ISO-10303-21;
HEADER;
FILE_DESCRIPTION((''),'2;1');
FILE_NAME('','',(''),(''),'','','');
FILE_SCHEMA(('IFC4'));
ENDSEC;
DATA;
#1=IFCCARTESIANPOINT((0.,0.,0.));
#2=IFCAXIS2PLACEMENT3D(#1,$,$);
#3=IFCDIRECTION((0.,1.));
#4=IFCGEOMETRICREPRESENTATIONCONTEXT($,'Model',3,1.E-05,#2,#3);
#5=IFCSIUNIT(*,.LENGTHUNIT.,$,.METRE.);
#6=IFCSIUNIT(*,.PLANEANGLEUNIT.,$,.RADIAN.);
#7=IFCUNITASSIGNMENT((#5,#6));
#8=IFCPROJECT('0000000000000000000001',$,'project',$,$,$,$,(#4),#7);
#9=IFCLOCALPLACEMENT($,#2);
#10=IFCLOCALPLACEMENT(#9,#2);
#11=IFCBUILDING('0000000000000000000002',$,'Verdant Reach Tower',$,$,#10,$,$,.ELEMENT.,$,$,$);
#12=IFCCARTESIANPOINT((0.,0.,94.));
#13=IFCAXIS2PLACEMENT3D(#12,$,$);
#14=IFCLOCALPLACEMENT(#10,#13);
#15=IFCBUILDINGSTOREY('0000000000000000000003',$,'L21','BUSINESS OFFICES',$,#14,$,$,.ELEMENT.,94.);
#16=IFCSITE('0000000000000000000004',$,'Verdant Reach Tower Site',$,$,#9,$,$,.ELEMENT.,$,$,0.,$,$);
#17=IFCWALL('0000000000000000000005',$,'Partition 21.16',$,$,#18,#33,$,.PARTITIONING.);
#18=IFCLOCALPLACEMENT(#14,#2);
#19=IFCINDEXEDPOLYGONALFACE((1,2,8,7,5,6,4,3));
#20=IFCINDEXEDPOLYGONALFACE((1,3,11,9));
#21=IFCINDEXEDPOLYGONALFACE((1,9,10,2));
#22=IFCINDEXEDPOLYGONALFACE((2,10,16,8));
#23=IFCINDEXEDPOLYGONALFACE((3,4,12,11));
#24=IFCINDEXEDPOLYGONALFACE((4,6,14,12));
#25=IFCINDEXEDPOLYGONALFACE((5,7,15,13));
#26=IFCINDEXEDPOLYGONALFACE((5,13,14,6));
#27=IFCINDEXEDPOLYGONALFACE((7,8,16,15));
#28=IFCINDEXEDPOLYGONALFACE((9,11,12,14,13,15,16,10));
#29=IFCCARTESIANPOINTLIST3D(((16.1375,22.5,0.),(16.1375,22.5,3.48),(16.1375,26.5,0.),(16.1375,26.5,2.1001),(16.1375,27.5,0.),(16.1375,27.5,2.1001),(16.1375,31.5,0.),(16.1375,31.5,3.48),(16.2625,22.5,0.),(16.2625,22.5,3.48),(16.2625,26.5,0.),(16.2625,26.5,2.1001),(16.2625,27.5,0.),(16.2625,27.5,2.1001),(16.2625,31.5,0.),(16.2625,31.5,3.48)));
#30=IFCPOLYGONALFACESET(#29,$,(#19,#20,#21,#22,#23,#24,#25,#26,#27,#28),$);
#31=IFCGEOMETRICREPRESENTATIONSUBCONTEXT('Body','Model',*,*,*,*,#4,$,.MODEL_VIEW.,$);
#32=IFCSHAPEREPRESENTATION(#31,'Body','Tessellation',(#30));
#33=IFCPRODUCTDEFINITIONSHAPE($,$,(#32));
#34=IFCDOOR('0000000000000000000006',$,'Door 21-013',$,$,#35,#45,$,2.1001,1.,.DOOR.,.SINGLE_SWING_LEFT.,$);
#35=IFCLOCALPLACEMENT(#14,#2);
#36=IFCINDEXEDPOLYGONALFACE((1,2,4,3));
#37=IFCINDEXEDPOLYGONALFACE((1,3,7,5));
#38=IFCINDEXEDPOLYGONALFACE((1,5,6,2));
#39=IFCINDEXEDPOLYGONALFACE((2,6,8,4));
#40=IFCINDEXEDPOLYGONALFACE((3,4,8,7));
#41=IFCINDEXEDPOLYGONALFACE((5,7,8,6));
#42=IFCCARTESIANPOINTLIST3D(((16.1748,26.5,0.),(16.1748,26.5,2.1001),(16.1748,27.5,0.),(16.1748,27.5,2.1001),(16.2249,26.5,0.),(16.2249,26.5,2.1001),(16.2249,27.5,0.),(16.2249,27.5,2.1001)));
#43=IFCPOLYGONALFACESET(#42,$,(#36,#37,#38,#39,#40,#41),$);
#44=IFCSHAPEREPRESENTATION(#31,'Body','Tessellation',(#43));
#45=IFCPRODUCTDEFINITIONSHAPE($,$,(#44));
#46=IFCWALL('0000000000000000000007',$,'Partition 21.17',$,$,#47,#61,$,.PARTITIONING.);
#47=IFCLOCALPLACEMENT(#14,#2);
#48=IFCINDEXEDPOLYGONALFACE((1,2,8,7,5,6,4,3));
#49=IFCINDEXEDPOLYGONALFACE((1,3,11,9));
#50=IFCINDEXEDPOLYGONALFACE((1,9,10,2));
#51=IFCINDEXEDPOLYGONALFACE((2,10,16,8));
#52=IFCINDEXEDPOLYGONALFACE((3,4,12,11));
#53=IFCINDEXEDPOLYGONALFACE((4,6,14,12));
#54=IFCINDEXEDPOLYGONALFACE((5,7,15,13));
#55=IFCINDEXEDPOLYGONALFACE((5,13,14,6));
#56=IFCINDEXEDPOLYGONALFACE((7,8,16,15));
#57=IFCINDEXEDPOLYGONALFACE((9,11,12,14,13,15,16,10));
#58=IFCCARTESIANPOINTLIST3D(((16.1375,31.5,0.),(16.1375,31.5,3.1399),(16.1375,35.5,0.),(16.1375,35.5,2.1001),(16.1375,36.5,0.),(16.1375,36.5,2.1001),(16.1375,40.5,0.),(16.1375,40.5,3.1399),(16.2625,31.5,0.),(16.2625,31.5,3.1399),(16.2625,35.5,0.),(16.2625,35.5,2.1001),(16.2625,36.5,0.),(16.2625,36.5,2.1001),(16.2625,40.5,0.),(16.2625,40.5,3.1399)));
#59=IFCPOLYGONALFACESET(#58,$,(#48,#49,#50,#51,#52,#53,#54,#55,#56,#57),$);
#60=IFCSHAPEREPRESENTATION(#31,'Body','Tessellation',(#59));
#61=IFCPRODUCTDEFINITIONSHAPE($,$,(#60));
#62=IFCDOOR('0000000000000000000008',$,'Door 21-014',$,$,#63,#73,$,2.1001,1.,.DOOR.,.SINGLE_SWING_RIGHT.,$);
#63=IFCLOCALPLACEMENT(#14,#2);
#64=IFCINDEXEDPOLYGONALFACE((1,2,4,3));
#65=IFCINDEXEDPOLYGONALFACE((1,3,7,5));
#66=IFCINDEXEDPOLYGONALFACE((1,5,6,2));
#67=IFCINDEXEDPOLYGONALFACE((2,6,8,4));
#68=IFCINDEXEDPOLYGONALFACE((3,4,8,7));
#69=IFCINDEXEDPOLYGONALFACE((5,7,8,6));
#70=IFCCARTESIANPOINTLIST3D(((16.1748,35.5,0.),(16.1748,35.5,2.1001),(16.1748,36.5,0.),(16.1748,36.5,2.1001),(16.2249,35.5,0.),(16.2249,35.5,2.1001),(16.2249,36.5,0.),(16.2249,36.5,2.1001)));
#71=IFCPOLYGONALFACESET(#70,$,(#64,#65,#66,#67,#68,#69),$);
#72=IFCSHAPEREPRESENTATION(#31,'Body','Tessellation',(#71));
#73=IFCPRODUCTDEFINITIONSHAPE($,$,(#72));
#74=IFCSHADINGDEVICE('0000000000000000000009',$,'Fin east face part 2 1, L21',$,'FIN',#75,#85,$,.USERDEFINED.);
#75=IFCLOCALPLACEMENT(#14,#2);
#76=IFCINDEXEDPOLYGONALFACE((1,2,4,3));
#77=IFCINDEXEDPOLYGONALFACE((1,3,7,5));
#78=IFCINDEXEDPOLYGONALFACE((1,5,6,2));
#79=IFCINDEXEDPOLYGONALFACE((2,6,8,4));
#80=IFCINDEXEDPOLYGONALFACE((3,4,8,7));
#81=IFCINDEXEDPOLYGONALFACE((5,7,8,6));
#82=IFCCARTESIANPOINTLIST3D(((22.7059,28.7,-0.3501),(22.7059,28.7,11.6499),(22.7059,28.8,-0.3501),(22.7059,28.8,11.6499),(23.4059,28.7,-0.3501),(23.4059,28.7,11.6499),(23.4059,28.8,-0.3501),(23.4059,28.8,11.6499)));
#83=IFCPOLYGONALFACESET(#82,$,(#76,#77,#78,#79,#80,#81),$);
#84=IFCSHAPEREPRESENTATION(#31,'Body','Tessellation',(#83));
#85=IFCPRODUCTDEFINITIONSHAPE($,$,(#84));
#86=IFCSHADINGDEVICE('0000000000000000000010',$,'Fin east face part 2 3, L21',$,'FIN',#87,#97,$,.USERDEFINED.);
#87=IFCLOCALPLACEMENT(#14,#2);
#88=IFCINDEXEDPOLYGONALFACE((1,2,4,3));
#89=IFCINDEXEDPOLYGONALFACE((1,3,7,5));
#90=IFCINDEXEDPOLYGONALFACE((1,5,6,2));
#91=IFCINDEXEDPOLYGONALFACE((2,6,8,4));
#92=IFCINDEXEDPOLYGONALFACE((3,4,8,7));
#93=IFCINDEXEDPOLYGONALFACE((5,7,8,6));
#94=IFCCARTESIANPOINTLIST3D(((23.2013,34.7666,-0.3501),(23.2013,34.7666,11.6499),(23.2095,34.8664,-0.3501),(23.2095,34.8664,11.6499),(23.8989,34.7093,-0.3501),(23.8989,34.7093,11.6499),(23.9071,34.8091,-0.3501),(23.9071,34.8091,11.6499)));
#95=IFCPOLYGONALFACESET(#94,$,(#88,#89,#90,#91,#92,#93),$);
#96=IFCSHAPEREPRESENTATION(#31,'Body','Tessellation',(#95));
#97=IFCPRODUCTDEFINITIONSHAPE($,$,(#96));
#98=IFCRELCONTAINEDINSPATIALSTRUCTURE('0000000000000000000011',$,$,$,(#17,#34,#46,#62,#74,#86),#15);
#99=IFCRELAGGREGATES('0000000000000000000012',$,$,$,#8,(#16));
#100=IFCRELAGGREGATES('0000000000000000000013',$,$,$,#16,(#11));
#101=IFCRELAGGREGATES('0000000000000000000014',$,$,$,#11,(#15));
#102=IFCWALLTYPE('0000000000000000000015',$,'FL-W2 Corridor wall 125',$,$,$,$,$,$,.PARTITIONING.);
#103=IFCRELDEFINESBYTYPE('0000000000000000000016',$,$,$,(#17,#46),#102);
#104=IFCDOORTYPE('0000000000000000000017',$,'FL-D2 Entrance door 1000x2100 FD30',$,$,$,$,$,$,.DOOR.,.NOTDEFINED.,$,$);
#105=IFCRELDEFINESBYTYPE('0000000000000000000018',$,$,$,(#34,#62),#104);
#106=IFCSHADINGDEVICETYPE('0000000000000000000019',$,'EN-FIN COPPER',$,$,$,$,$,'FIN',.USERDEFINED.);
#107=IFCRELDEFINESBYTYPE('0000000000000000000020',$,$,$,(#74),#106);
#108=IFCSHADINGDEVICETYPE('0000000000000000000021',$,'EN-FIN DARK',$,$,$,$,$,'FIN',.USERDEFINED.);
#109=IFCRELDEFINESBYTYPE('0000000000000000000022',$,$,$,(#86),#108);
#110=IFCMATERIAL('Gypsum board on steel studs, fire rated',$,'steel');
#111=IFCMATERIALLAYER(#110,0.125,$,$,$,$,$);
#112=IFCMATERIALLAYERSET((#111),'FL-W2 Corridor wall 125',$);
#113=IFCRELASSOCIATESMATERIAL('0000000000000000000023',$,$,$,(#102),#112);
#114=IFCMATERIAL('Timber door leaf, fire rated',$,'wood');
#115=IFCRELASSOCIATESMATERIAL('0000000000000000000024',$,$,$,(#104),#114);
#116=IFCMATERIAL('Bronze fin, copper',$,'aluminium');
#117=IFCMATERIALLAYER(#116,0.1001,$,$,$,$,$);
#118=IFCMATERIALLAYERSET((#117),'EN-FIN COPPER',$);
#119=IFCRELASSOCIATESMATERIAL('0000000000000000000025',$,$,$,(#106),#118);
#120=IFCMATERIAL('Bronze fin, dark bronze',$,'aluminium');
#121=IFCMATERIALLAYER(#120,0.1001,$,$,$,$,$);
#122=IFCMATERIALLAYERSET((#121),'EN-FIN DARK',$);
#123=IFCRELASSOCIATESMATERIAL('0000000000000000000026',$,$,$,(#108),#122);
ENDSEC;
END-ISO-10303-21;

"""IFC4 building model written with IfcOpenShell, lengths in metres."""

from ifc_helpers import new_model, si_unit, direction, frame, frame_2d, origin, origin_2d, place, context, subcontext, project, spatial, rectangle, extrude, material, layer, layer_set, type_object, element, fill, save


model = new_model("IFC4")

# Units and contexts
model_context = context("Model", 3, precision=1e-05, world=origin(), true_north=direction((0.0, 1.0)))
body_context = subcontext(model_context, "Body", "Model", "MODEL_VIEW")
ifc_project = project(units=[si_unit("LENGTHUNIT", "METRE"), si_unit("PLANEANGLEUNIT", "RADIAN")], contexts=[model_context])

# Site, building, storey
site_placement = place(None, origin())
site = spatial("IfcSite", under=ifc_project, at=site_placement, Name="Verdant Reach Tower Site", CompositionType="ELEMENT", RefElevation=0.0)
building_placement = place(site_placement, origin())
building = spatial("IfcBuilding", under=site, at=building_placement, Name="Verdant Reach Tower", CompositionType="ELEMENT")
storey_placement = place(building_placement, frame((0.0, 0.0, 94.0)))
storey = spatial("IfcBuildingStorey", under=building, at=storey_placement, Name="L21", Description="BUSINESS OFFICES", CompositionType="ELEMENT", Elevation=94.0)

# Walls, openings, doors
ifc_material_1 = material(Name="Gypsum board on steel studs, fire rated", Category="steel")
ifc_layer_1 = layer(ifc_material_1, 0.125)
ifc_layer_set_1 = layer_set([ifc_layer_1], Name="FL-W2 Corridor wall 125")
wall_type_1 = type_object("IfcWallType", Name="FL-W2 Corridor wall 125", PredefinedType="PARTITIONING", material=ifc_layer_set_1)
wall_1_placement = place(storey_placement, frame((16.2, 31.5, 0.0), z_axis=(0.0, 0.0, 1.0), x_axis=(0.0, -1.0, 0.0)))
wall_1 = element("IfcWall", 1, at=wall_1_placement, inside=storey, type_object=wall_type_1, Name="Partition 21.16", PredefinedType="PARTITIONING", context=body_context, shape_type="SweptSolid", body=[
    extrude(rectangle(XDim=9.0, YDim=0.125, at=frame_2d((4.5, 0.0))), origin(), (0.0, 0.0, 1.0), 3.48),
])
opening_1_placement = place(wall_1_placement, frame((4.0, 0.0, 0.0)))
opening_1 = element("IfcOpeningElement", 2, at=opening_1_placement, cuts=wall_1, PredefinedType="OPENING", context=body_context, shape_type="SweptSolid", body=[
    extrude(rectangle(XDim=1.0, YDim=2.1001, at=frame_2d((0.5, 1.05))), frame((0.0, 0.0725, 0.0), z_axis=(0.0, -1.0, 0.0), x_axis=(1.0, 0.0, 0.0)), (0.0, 0.0, 1.0), 0.145),
])
ifc_material_2 = material(Name="Timber door leaf, fire rated", Category="wood")
door_type = type_object("IfcDoorType", Name="FL-D2 Entrance door 1000x2100 FD30", OperationType="NOTDEFINED", PredefinedType="DOOR", material=ifc_material_2)
door_1_placement = place(opening_1_placement, origin())
door_1 = element("IfcDoor", 3, at=door_1_placement, inside=storey, type_object=door_type, Name="Door 21-013", OperationType="SINGLE_SWING_LEFT", OverallHeight=2.1001, OverallWidth=1.0, PredefinedType="DOOR", context=body_context, shape_type="SweptSolid", body=[
    extrude(rectangle(XDim=1.0, YDim=2.1001, at=frame_2d((0.5, 1.05))), frame((0.0, 0.0249, 0.0), z_axis=(0.0, -1.0, 0.0), x_axis=(1.0, 0.0, 0.0)), (0.0, 0.0, 1.0), 0.05),
])
fill(opening_1, door_1)
wall_2_placement = place(storey_placement, frame((16.2, 40.5, 0.0), z_axis=(0.0, 0.0, 1.0), x_axis=(0.0, -1.0, 0.0)))
wall_2 = element("IfcWall", 4, at=wall_2_placement, inside=storey, type_object=wall_type_1, Name="Partition 21.17", PredefinedType="PARTITIONING", context=body_context, shape_type="SweptSolid", body=[
    extrude(rectangle(XDim=9.0, YDim=0.125, at=frame_2d((4.5, 0.0))), origin(), (0.0, 0.0, 1.0), 3.1399),
])
opening_2_placement = place(wall_2_placement, frame((4.0, 0.0, 0.0)))
opening_2 = element("IfcOpeningElement", 5, at=opening_2_placement, cuts=wall_2, PredefinedType="OPENING", context=body_context, shape_type="SweptSolid", body=[
    extrude(rectangle(XDim=1.0, YDim=2.1001, at=frame_2d((0.5, 1.05))), frame((0.0, 0.0725, 0.0), z_axis=(0.0, -1.0, 0.0), x_axis=(1.0, 0.0, 0.0)), (0.0, 0.0, 1.0), 0.145),
])
door_2_placement = place(opening_2_placement, origin())
door_2 = element("IfcDoor", 6, at=door_2_placement, inside=storey, type_object=door_type, Name="Door 21-014", OperationType="SINGLE_SWING_RIGHT", OverallHeight=2.1001, OverallWidth=1.0, PredefinedType="DOOR", context=body_context, shape_type="SweptSolid", body=[
    extrude(rectangle(XDim=1.0, YDim=2.1001, at=frame_2d((0.5, 1.05))), frame((0.0, 0.0249, 0.0), z_axis=(0.0, -1.0, 0.0), x_axis=(1.0, 0.0, 0.0)), (0.0, 0.0, 1.0), 0.05),
])
fill(opening_2, door_2)

# Shading devices
ifc_material_3 = material(Name="Bronze fin, copper", Category="aluminium")
ifc_layer_2 = layer(ifc_material_3, 0.1001)
ifc_layer_set_2 = layer_set([ifc_layer_2], Name="EN-FIN COPPER")
shading_device_type_1 = type_object("IfcShadingDeviceType", Name="EN-FIN COPPER", ElementType="FIN", PredefinedType="USERDEFINED", material=ifc_layer_set_2)
shading_device_1_placement = place(storey_placement, frame((23.0559, 28.75, -0.3501), z_axis=(0.0, 0.0, 1.0), x_axis=(0.0, 1.0, 0.0)))
element("IfcShadingDevice", 7, at=shading_device_1_placement, inside=storey, type_object=shading_device_type_1, Name="Fin east face part 2 1, L21", ObjectType="FIN", PredefinedType="USERDEFINED", context=body_context, shape_type="SweptSolid", body=[
    extrude(rectangle(XDim=0.1001, YDim=0.7, at=origin_2d()), origin(), (0.0, 0.0, 1.0), 12.0),
])
ifc_material_4 = material(Name="Bronze fin, dark bronze", Category="aluminium")
ifc_layer_3 = layer(ifc_material_4, 0.1001)
ifc_layer_set_3 = layer_set([ifc_layer_3], Name="EN-FIN DARK")
shading_device_type_2 = type_object("IfcShadingDeviceType", Name="EN-FIN DARK", ElementType="FIN", PredefinedType="USERDEFINED", material=ifc_layer_set_3)
shading_device_2_placement = place(storey_placement, frame((23.5542, 34.7878, -0.3501), z_axis=(0.0, 0.0, 1.0), x_axis=(0.081916, 0.996639, 0.0)))
element("IfcShadingDevice", 8, at=shading_device_2_placement, inside=storey, type_object=shading_device_type_2, Name="Fin east face part 2 3, L21", ObjectType="FIN", PredefinedType="USERDEFINED", context=body_context, shape_type="SweptSolid", body=[
    extrude(rectangle(XDim=0.1001, YDim=0.7, at=origin_2d()), origin(), (0.0, 0.0, 1.0), 12.0),
])

save(model, "model.ifc")
